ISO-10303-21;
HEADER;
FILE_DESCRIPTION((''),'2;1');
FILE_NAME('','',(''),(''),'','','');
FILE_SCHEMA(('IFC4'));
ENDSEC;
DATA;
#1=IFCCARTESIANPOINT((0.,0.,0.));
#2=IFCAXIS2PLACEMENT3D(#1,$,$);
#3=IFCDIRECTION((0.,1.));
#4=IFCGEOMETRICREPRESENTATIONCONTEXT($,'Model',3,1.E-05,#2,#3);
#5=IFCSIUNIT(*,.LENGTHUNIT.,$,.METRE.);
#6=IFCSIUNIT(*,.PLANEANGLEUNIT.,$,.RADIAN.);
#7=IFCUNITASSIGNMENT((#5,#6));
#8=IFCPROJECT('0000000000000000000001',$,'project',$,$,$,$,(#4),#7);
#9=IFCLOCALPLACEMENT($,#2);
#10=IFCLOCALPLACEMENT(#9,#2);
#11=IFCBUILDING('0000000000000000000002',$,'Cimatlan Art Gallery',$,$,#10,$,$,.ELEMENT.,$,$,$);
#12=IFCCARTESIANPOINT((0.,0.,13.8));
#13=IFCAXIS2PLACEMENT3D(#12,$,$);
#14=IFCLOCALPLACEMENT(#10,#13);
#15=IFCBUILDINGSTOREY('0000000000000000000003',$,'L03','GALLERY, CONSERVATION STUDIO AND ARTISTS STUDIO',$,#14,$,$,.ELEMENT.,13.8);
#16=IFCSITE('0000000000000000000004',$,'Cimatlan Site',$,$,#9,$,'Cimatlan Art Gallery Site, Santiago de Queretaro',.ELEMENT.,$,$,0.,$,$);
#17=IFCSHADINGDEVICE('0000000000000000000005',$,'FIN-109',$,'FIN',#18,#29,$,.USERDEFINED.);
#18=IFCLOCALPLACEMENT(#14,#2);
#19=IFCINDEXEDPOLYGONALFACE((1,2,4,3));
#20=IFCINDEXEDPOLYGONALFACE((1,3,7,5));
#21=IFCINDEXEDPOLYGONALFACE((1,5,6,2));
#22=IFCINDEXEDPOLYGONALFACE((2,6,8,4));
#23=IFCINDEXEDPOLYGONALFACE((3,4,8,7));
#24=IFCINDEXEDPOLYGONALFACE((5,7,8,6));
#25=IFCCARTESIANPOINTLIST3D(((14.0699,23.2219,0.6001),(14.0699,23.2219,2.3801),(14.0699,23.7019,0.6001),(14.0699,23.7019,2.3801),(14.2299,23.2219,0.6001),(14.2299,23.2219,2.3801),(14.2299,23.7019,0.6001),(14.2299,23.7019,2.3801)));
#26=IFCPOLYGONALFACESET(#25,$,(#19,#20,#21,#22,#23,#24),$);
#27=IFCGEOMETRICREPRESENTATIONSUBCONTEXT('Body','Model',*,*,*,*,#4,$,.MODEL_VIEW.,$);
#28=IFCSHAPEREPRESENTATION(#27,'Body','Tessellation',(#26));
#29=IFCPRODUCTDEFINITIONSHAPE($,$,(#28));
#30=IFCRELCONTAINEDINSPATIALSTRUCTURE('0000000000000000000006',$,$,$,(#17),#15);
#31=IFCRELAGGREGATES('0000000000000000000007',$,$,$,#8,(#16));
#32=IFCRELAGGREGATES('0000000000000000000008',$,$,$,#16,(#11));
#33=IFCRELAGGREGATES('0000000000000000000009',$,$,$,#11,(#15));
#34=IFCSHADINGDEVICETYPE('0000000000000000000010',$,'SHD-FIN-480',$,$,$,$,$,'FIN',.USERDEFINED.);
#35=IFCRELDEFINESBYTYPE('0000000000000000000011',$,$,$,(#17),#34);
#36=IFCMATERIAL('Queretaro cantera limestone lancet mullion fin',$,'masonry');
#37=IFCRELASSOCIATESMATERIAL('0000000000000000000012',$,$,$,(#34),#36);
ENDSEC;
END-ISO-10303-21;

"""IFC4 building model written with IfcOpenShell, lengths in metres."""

from ifc_helpers import new_model, si_unit, direction, frame, origin, origin_2d, place, context, subcontext, project, spatial, rectangle, extrude, material, type_object, element, save


model = new_model("IFC4")

# Units and contexts
model_context = context("Model", 3, precision=1e-05, world=origin(), true_north=direction((0.0, 1.0)))
body_context = subcontext(model_context, "Body", "Model", "MODEL_VIEW")
ifc_project = project(units=[si_unit("LENGTHUNIT", "METRE"), si_unit("PLANEANGLEUNIT", "RADIAN")], contexts=[model_context])

# Site, building, storey
site_placement = place(None, origin())
site = spatial("IfcSite", under=ifc_project, at=site_placement, Name="Cimatlan Site", LongName="Cimatlan Art Gallery Site, Santiago de Queretaro", CompositionType="ELEMENT", RefElevation=0.0)
building_placement = place(site_placement, origin())
building = spatial("IfcBuilding", under=site, at=building_placement, Name="Cimatlan Art Gallery", CompositionType="ELEMENT")
storey_placement = place(building_placement, frame((0.0, 0.0, 13.8)))
storey = spatial("IfcBuildingStorey", under=building, at=storey_placement, Name="L03", Description="GALLERY, CONSERVATION STUDIO AND ARTISTS STUDIO", CompositionType="ELEMENT", Elevation=13.8)

# Shading device
ifc_material_1 = material(Name="Queretaro cantera limestone lancet mullion fin", Category="masonry")
shading_device_type_1 = type_object("IfcShadingDeviceType", Name="SHD-FIN-480", ElementType="FIN", PredefinedType="USERDEFINED", material=ifc_material_1)
for number, where, z_axis, x_axis, name in (
    (1, (14.1499, 23.4619, 0.6001), (0.0, 0.0, 1.0), (-1.0, 0.0, 0.0), "FIN-109"),
):
    element("IfcShadingDevice", number, at=place(storey_placement, frame(where, z_axis=z_axis, x_axis=x_axis)), inside=storey, type_object=shading_device_type_1, Name=name, ObjectType="FIN", PredefinedType="USERDEFINED", context=body_context, shape_type="SweptSolid", body=[
        extrude(rectangle(XDim=0.1599, YDim=0.48, at=origin_2d()), origin(), (0.0, 0.0, 1.0), 1.78),
    ])

save(model, "model.ifc")
